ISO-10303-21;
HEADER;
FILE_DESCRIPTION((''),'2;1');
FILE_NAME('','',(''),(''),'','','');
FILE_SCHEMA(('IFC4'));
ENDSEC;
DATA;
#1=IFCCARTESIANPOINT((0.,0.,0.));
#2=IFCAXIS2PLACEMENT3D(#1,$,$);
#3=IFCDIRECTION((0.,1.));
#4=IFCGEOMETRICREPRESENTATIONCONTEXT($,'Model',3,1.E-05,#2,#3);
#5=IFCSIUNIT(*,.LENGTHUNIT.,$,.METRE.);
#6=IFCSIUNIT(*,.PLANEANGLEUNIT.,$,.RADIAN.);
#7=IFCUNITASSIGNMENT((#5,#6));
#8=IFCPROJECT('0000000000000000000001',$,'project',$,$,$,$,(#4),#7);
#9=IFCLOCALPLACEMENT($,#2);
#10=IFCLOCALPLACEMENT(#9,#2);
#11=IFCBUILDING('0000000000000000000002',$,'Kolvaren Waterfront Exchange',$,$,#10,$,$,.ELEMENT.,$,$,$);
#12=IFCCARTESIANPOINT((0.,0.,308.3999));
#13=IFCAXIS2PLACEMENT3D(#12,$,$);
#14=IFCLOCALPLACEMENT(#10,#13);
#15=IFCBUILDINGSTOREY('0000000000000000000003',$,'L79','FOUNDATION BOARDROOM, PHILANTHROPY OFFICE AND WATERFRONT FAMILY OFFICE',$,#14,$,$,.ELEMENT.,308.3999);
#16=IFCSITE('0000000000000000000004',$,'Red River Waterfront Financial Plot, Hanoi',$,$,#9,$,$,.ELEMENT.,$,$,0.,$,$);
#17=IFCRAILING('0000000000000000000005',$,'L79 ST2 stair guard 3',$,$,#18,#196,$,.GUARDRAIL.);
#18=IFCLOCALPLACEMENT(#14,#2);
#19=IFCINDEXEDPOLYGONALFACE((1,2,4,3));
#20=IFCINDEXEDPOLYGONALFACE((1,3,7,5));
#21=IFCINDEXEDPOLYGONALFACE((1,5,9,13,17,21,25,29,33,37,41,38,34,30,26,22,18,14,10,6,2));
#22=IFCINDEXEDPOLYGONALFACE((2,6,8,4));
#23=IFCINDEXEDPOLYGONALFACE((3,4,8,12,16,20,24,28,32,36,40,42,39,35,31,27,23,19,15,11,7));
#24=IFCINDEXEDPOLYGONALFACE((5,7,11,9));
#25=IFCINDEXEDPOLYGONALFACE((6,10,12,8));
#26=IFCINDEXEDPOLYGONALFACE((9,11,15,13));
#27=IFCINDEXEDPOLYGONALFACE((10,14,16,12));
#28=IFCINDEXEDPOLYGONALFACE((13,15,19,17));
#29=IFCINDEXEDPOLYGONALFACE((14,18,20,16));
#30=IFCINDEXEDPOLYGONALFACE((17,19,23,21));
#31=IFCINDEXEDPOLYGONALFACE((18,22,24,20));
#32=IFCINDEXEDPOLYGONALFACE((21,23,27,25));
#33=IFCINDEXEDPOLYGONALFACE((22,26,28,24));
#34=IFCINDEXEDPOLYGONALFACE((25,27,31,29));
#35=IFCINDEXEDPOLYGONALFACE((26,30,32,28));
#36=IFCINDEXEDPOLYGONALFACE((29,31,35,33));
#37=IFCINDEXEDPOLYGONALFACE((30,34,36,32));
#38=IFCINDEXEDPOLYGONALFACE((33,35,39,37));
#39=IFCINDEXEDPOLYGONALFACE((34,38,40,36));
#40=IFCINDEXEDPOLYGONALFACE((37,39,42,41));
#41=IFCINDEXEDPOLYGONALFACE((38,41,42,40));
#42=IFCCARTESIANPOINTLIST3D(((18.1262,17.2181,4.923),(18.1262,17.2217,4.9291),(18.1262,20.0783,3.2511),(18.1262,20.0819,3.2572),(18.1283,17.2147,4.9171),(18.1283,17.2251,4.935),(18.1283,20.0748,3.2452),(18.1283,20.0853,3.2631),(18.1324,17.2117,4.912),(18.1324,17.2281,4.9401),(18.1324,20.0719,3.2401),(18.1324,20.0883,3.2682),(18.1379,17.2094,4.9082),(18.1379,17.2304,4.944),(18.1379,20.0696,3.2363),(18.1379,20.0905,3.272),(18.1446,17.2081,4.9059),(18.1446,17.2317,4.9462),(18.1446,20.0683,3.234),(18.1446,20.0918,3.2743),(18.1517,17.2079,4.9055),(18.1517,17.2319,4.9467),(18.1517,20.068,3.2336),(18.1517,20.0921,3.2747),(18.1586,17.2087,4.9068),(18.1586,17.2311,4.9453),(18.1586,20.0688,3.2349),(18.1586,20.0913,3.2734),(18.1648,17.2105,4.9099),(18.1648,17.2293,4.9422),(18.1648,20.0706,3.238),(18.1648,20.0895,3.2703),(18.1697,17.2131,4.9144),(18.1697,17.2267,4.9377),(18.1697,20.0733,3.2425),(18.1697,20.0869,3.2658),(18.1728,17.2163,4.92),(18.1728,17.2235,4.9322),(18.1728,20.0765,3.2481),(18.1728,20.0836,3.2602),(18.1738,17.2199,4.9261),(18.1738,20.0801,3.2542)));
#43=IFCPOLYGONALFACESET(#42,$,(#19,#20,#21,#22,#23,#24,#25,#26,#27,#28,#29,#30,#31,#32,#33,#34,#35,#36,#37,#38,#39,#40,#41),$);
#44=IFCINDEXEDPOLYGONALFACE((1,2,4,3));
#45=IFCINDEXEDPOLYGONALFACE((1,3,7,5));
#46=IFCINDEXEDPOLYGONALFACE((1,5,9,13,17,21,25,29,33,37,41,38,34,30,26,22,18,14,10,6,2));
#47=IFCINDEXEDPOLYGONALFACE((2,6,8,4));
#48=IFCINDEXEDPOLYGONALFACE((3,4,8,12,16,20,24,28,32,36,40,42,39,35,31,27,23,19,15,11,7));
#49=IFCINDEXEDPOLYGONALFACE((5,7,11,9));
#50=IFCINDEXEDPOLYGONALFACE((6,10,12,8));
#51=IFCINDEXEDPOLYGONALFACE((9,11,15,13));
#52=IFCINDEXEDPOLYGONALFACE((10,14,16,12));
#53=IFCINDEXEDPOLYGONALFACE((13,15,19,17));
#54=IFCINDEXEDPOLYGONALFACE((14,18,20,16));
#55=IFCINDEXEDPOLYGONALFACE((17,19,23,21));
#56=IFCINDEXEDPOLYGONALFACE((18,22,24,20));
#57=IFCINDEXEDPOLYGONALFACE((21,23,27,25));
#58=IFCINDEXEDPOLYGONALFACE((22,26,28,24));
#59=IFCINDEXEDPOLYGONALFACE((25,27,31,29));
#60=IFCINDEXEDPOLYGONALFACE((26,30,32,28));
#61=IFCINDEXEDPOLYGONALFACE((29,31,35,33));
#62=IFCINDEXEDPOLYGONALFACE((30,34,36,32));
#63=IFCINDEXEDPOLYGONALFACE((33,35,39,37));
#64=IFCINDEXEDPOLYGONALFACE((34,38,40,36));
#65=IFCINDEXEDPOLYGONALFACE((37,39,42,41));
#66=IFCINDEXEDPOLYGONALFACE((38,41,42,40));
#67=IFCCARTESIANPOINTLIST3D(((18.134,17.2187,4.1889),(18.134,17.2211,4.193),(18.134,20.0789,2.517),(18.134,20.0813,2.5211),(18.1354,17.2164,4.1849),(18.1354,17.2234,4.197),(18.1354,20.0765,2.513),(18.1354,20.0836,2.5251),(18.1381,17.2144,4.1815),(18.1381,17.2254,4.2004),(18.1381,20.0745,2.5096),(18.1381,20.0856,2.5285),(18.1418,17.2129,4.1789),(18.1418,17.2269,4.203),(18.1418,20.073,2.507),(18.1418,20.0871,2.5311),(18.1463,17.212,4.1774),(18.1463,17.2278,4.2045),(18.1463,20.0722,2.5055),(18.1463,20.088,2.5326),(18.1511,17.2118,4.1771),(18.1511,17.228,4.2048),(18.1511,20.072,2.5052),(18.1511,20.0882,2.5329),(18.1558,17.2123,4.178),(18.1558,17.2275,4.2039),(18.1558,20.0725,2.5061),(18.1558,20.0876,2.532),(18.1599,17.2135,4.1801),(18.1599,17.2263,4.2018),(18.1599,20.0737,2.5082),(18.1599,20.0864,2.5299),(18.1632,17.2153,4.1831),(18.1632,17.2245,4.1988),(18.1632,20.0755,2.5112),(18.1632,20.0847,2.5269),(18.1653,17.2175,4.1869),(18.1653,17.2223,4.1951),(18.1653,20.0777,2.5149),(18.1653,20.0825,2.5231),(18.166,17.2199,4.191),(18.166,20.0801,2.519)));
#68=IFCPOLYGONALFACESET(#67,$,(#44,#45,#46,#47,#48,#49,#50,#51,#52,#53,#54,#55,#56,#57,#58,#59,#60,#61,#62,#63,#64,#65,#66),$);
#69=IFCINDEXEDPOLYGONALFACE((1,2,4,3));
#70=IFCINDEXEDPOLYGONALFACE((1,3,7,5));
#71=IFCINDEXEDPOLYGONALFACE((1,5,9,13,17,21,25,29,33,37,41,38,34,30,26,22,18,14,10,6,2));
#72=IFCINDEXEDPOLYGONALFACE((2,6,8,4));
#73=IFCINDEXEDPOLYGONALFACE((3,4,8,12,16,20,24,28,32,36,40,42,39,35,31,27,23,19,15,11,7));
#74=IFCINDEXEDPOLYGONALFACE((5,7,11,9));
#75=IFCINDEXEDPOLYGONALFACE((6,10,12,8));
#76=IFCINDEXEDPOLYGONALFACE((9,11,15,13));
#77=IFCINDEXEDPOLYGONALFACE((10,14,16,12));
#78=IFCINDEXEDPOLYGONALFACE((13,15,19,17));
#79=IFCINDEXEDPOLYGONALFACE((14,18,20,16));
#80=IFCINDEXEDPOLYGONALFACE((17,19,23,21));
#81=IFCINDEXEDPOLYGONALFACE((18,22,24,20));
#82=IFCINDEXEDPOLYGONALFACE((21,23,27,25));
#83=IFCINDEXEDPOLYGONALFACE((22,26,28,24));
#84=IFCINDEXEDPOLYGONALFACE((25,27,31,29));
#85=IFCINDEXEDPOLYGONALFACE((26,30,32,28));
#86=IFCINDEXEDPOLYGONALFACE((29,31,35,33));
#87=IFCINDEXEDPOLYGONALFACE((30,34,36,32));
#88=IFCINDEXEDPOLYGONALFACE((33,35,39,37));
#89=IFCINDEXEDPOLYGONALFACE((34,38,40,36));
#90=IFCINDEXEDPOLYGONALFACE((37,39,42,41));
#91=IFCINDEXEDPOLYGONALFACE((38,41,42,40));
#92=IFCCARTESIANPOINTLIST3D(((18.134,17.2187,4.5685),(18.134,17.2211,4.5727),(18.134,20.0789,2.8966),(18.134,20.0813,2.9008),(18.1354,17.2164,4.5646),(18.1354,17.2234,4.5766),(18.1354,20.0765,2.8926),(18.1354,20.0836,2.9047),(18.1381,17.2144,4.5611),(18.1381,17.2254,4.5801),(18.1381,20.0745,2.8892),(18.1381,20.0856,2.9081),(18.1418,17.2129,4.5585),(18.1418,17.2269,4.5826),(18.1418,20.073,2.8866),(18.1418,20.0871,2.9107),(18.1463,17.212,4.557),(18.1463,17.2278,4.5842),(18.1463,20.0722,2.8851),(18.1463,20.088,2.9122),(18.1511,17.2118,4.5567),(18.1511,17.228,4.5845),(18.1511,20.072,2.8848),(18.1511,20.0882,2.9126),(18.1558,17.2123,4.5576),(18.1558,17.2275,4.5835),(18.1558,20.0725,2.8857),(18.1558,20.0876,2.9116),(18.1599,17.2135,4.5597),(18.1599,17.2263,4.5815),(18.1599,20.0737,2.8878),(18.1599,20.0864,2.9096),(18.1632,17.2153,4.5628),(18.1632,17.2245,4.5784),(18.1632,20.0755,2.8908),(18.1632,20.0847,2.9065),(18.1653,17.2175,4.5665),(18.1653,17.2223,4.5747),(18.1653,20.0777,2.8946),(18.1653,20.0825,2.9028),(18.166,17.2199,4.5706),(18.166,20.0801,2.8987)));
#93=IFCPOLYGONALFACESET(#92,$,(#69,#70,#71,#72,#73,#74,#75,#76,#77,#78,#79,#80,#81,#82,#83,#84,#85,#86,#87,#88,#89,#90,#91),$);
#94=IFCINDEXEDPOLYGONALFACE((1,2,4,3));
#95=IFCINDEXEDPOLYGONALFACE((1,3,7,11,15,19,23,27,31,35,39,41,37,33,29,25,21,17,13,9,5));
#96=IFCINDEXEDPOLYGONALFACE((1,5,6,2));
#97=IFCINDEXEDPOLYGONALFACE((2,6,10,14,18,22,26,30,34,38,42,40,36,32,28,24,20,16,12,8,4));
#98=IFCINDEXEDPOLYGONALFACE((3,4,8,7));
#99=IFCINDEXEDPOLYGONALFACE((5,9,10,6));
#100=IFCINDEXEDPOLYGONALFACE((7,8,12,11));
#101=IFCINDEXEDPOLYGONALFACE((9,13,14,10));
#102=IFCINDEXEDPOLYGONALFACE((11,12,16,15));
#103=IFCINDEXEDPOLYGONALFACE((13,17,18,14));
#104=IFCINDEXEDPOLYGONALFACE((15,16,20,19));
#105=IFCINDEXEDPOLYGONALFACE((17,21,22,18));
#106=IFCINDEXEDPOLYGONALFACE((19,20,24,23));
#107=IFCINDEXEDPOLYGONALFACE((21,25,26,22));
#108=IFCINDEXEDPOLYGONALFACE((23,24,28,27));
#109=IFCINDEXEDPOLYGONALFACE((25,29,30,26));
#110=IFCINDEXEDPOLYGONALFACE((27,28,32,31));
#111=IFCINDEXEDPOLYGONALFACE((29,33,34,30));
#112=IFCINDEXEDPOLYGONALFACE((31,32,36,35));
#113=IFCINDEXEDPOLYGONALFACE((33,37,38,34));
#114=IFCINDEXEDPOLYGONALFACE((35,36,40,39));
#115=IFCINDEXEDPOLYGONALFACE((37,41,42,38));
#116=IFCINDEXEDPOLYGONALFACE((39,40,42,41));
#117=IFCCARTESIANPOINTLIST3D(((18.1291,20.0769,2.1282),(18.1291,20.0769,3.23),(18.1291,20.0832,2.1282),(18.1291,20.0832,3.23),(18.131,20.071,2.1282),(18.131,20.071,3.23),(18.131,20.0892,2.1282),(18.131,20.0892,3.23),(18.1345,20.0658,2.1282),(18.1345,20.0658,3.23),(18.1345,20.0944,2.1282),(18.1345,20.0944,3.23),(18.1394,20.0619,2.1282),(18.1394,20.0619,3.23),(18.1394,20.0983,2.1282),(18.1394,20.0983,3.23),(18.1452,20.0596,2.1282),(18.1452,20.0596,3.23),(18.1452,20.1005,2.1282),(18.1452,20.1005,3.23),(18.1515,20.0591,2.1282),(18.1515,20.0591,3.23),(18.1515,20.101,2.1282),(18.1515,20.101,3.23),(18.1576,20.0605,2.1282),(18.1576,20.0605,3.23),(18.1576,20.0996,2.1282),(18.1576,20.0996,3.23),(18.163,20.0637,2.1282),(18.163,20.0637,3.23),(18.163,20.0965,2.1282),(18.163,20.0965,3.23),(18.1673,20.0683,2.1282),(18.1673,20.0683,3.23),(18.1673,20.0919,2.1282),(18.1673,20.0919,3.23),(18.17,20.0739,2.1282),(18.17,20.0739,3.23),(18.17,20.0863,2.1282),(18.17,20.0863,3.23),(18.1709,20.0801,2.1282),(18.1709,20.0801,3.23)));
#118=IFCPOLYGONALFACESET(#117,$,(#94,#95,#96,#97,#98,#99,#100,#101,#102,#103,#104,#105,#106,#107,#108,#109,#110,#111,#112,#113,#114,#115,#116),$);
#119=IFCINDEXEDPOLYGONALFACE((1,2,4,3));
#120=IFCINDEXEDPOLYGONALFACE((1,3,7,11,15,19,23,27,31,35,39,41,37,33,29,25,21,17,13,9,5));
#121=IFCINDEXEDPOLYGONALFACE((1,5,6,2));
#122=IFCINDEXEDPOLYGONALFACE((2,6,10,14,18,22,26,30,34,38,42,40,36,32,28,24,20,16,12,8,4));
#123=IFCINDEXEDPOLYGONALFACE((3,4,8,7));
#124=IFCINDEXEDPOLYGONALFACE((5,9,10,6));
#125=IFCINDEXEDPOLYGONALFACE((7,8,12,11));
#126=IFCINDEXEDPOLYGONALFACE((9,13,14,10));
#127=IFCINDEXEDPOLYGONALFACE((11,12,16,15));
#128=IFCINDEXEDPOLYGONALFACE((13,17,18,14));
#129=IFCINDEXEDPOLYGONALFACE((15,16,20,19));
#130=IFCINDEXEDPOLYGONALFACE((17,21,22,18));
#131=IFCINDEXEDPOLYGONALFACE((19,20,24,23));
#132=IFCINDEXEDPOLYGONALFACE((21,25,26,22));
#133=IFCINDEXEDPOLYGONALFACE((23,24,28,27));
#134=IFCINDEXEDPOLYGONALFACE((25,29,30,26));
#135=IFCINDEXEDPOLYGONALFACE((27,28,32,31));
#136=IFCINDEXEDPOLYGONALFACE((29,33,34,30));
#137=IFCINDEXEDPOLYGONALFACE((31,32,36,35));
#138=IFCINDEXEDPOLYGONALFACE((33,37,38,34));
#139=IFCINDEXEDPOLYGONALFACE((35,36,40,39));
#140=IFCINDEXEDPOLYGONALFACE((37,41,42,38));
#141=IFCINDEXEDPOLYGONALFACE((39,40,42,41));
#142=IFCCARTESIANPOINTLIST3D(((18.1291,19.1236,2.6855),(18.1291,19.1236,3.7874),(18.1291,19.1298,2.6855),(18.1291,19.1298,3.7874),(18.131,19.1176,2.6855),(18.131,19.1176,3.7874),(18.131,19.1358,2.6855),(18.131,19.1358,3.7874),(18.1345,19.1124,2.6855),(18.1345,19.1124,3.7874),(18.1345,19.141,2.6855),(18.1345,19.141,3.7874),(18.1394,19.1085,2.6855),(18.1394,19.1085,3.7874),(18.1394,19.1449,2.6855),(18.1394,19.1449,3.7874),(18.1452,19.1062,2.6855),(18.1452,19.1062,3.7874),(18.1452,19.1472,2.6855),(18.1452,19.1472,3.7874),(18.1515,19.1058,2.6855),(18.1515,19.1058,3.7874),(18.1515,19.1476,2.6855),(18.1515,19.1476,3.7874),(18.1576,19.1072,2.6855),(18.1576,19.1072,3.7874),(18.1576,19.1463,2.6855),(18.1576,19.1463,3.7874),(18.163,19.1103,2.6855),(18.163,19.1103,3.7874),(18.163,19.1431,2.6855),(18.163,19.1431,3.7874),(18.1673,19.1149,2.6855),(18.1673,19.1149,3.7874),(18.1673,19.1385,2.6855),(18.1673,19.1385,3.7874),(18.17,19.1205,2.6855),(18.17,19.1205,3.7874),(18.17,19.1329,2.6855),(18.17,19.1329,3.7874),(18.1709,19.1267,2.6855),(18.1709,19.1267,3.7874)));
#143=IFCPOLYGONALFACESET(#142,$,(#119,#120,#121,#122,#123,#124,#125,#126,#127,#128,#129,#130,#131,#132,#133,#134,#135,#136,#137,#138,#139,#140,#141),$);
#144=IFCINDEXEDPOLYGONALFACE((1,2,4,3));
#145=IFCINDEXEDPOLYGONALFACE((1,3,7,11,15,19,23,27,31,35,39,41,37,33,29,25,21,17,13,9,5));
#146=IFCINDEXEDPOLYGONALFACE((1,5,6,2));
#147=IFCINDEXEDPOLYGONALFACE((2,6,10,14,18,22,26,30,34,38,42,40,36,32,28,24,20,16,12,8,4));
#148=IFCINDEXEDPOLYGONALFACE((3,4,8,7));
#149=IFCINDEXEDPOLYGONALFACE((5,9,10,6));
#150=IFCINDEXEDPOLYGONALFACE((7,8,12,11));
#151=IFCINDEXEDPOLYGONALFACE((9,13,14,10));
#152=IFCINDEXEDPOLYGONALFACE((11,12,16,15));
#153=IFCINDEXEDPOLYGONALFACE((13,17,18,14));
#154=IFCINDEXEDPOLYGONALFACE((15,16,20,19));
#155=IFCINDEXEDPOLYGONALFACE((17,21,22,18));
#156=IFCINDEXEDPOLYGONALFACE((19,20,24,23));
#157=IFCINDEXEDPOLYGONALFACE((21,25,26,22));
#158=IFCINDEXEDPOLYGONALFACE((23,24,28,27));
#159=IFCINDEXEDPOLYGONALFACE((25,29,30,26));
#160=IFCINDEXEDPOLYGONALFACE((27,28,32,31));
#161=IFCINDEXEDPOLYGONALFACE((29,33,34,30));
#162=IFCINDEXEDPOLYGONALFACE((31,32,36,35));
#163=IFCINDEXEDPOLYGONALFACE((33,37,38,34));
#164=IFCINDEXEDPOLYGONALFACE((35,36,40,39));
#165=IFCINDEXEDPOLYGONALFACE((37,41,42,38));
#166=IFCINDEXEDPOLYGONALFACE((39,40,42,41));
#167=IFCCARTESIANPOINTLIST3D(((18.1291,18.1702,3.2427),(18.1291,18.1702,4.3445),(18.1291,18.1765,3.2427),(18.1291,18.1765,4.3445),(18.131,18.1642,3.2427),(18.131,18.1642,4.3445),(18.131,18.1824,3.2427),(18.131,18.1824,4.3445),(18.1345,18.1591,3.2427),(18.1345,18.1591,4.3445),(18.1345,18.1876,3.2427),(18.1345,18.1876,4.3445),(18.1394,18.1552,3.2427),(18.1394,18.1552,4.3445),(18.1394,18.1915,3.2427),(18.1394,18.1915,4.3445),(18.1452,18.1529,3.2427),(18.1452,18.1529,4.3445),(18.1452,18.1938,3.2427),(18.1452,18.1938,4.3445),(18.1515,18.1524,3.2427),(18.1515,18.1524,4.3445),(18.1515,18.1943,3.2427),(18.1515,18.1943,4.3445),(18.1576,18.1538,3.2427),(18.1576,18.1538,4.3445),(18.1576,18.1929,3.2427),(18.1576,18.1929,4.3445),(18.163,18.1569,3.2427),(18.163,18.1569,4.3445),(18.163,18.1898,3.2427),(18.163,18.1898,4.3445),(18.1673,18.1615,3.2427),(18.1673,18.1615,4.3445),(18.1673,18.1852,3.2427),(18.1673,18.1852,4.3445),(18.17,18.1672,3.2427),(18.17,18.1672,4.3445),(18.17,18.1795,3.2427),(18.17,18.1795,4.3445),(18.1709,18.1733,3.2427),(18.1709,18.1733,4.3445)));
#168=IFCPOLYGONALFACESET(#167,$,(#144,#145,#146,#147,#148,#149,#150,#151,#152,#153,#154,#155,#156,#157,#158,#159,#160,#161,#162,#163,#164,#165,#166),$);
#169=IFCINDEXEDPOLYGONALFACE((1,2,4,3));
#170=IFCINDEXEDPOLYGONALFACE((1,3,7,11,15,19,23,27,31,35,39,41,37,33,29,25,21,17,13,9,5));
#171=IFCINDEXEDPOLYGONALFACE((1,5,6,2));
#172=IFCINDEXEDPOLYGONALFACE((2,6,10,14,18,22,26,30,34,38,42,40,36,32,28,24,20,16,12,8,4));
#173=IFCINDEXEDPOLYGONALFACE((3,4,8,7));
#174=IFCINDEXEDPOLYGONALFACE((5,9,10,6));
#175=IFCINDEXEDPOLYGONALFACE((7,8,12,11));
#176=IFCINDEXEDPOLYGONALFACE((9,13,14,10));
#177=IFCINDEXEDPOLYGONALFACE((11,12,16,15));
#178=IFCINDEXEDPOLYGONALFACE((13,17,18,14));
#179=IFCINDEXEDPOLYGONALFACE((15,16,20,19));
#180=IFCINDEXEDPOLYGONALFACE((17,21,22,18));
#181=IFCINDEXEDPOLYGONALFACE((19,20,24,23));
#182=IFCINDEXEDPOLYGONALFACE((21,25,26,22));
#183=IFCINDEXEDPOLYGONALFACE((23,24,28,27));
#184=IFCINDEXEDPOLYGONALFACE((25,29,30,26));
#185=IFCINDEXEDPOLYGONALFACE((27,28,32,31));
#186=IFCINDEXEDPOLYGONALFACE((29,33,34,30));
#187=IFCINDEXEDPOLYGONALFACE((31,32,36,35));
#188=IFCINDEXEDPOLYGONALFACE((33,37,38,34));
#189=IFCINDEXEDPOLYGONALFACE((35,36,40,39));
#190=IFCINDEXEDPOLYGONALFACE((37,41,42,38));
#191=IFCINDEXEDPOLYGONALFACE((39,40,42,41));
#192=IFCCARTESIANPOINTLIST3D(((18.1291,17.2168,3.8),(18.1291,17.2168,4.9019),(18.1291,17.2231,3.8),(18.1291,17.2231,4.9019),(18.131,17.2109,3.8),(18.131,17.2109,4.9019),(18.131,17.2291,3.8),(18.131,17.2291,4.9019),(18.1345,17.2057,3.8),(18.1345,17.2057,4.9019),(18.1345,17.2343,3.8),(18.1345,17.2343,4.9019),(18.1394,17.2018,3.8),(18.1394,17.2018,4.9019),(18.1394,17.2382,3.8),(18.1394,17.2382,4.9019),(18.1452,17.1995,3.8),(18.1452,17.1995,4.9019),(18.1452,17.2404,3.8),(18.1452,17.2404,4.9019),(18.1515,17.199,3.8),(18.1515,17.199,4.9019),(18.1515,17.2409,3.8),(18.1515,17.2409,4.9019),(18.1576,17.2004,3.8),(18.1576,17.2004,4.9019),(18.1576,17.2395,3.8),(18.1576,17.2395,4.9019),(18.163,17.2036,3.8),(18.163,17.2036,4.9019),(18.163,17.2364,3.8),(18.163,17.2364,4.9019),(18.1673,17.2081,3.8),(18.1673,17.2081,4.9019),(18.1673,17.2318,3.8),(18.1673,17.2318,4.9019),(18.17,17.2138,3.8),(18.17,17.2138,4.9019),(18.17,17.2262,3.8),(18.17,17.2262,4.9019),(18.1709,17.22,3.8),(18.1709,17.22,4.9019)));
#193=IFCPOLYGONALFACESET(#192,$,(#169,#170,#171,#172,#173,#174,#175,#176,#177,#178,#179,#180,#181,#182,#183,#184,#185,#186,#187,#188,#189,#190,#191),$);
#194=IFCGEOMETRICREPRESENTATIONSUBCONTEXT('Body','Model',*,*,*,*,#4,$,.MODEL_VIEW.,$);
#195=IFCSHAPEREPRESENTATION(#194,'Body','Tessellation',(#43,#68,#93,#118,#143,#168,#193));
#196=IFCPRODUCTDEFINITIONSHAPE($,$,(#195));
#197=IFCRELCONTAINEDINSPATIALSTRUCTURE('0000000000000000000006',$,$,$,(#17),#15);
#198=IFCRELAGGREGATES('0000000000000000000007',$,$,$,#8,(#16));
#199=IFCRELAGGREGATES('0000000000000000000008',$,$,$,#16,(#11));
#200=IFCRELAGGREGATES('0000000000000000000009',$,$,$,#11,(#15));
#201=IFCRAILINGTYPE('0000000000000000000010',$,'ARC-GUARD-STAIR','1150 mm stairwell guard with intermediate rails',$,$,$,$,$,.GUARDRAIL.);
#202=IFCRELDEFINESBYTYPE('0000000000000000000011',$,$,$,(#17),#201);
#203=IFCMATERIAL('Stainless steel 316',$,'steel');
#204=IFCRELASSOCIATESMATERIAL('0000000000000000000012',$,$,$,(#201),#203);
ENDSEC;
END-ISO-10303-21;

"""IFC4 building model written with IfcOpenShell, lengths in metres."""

from ifc_helpers import new_model, si_unit, direction, frame, origin, origin_2d, place, context, subcontext, project, spatial, circle, extrude, material, type_object, element, save


model = new_model("IFC4")

# Units and contexts
model_context = context("Model", 3, precision=1e-05, world=origin(), true_north=direction((0.0, 1.0)))
body_context = subcontext(model_context, "Body", "Model", "MODEL_VIEW")
ifc_project = project(units=[si_unit("LENGTHUNIT", "METRE"), si_unit("PLANEANGLEUNIT", "RADIAN")], contexts=[model_context])

# Site, building, storey
site_placement = place(None, origin())
site = spatial("IfcSite", under=ifc_project, at=site_placement, Name="Red River Waterfront Financial Plot, Hanoi", CompositionType="ELEMENT", RefElevation=0.0)
building_placement = place(site_placement, origin())
building = spatial("IfcBuilding", under=site, at=building_placement, Name="Kolvaren Waterfront Exchange", CompositionType="ELEMENT")
storey_placement = place(building_placement, frame((0.0, 0.0, 308.3999)))
storey = spatial("IfcBuildingStorey", under=building, at=storey_placement, Name="L79", Description="FOUNDATION BOARDROOM, PHILANTHROPY OFFICE AND WATERFRONT FAMILY OFFICE", CompositionType="ELEMENT", Elevation=308.3999)

# Railing
ifc_material_1 = material(Name="Stainless steel 316", Category="steel")
railing_type_1 = type_object("IfcRailingType", Name="ARC-GUARD-STAIR", Description="1150 mm stairwell guard with intermediate rails", PredefinedType="GUARDRAIL", material=ifc_material_1)
railing_1_placement = place(storey_placement, frame((18.1499, 20.0801, 2.1282)))
element("IfcRailing", 1, at=railing_1_placement, inside=storey, type_object=railing_type_1, Name="L79 ST2 stair guard 3", PredefinedType="GUARDRAIL", context=body_context, shape_type="SweptSolid", body=[
    extrude(circle(Radius=0.0239, at=origin_2d()), frame((0.0, 0.0, 1.126), z_axis=(0.0, -0.863321, 0.504654), x_axis=(1.0, 0.0, 0.0)), (0.0, 0.0, 1.0), 3.313),
    extrude(circle(Radius=0.0161, at=origin_2d()), frame((0.0, 0.0, 0.3909), z_axis=(0.0, -0.863321, 0.504654), x_axis=(1.0, 0.0, 0.0)), (0.0, 0.0, 1.0), 3.313),
    extrude(circle(Radius=0.0161, at=origin_2d()), frame((0.0, 0.0, 0.7705), z_axis=(0.0, -0.863321, 0.504654), x_axis=(1.0, 0.0, 0.0)), (0.0, 0.0, 1.0), 3.313),
    extrude(circle(Radius=0.021, at=origin_2d()), origin(), (0.0, 0.0, 1.0), 1.1018),
    extrude(circle(Radius=0.021, at=origin_2d()), frame((0.0, -0.9534, 0.5574)), (0.0, 0.0, 1.0), 1.1018),
    extrude(circle(Radius=0.021, at=origin_2d()), frame((0.0, -1.9067, 1.1145)), (0.0, 0.0, 1.0), 1.1018),
    extrude(circle(Radius=0.021, at=origin_2d()), frame((0.0, -2.8601, 1.6719)), (0.0, 0.0, 1.0), 1.1018),
])

save(model, "model.ifc")
